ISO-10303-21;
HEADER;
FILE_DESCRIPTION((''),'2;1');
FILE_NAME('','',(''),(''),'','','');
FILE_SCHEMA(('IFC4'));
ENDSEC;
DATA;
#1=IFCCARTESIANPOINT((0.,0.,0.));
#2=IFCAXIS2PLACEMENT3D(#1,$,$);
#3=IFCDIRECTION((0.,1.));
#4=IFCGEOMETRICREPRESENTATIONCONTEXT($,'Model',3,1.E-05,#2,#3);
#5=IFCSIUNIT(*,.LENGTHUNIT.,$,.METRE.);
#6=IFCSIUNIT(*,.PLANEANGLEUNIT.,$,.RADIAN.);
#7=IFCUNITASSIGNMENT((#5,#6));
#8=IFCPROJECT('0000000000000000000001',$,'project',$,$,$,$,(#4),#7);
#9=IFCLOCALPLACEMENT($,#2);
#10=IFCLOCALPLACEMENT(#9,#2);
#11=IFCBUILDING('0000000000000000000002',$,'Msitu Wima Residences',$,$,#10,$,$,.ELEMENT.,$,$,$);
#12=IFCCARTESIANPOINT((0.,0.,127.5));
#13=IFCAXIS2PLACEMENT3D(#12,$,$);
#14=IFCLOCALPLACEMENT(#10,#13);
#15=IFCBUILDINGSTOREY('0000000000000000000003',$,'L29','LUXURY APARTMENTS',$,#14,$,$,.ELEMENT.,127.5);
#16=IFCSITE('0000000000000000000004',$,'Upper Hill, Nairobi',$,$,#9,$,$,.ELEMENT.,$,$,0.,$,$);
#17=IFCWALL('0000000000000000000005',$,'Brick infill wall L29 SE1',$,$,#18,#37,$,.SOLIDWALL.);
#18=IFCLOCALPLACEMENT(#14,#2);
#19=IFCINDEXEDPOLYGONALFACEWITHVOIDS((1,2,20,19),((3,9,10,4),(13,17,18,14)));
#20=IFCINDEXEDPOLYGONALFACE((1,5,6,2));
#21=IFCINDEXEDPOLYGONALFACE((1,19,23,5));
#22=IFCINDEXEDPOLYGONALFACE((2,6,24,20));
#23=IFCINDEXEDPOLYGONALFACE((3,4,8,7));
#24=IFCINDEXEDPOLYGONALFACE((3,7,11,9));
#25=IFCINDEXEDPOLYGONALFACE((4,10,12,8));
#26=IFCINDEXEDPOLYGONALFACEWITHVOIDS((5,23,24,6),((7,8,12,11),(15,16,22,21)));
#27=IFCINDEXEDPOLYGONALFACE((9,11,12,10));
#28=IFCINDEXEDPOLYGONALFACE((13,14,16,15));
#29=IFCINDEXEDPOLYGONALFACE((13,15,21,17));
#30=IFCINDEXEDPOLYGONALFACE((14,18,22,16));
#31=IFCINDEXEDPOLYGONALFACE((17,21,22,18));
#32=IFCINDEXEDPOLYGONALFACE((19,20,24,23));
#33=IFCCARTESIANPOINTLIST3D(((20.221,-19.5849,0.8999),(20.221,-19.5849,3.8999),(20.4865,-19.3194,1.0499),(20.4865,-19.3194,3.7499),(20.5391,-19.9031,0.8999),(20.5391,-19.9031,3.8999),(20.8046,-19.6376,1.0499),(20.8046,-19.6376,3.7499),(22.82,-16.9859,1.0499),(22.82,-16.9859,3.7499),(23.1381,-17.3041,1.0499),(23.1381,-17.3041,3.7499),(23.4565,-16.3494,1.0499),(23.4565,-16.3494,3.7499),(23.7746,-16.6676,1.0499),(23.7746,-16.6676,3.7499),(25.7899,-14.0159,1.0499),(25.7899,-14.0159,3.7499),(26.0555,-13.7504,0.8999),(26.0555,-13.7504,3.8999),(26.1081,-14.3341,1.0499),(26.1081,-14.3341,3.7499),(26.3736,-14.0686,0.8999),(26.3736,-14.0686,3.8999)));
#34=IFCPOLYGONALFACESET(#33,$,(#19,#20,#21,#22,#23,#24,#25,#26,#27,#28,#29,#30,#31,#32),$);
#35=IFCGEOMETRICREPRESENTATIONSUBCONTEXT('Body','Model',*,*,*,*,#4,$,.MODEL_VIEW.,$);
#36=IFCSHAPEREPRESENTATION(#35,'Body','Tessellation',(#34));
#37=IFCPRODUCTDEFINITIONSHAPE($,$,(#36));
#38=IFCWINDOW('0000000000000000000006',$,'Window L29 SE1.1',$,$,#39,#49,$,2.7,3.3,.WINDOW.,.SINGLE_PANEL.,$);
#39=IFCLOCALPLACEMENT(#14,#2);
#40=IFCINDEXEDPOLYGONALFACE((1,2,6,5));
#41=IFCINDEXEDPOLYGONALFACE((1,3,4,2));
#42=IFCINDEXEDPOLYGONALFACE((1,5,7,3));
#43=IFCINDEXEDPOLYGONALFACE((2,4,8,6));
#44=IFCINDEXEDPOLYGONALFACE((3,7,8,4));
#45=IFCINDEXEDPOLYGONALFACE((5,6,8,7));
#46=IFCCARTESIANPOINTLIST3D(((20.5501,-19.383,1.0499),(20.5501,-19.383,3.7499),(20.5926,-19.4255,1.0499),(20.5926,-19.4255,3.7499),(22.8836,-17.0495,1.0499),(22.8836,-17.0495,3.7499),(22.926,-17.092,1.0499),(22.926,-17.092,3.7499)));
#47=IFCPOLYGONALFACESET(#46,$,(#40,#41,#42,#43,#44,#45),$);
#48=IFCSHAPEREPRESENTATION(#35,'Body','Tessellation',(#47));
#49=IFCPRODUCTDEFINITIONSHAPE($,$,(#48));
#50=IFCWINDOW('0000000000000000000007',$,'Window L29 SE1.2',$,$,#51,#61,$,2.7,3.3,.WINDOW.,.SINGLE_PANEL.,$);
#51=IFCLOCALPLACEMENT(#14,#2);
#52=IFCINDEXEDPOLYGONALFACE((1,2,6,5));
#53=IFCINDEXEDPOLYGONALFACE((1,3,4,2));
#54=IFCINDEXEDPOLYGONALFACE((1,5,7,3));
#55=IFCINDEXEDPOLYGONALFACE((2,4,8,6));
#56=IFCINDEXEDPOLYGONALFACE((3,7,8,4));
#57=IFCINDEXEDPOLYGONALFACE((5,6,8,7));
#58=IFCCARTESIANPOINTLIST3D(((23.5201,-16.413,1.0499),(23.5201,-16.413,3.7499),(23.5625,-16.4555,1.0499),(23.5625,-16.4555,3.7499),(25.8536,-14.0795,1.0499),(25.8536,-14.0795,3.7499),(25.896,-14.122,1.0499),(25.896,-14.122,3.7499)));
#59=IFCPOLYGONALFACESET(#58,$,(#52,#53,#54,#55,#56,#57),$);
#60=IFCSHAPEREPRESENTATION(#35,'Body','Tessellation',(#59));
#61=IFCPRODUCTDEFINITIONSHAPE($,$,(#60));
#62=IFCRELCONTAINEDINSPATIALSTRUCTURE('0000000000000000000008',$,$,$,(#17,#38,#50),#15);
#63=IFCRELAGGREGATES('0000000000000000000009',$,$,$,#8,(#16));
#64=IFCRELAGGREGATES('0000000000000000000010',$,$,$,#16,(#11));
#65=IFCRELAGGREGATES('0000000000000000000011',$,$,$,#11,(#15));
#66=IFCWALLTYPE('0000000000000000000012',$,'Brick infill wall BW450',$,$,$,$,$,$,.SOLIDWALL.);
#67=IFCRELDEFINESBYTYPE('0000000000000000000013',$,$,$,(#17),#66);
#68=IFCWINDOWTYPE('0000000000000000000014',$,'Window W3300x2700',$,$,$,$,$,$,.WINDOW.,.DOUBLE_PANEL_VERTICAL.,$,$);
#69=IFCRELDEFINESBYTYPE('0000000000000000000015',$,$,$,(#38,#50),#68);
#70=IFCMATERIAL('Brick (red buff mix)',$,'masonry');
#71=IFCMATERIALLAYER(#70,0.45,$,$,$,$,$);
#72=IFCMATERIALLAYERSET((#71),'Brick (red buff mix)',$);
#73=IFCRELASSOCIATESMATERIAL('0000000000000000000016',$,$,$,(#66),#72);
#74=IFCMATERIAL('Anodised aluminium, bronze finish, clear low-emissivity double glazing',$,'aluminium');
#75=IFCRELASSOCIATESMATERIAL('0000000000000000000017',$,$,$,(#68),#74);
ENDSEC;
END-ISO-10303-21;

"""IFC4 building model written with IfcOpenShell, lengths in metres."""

from ifc_helpers import new_model, si_unit, direction, frame, frame_2d, origin, place, context, subcontext, project, spatial, rectangle, extrude, material, layer, layer_set, type_object, element, fill, save


model = new_model("IFC4")

# Units and contexts
model_context = context("Model", 3, precision=1e-05, world=origin(), true_north=direction((0.0, 1.0)))
body_context = subcontext(model_context, "Body", "Model", "MODEL_VIEW")
ifc_project = project(units=[si_unit("LENGTHUNIT", "METRE"), si_unit("PLANEANGLEUNIT", "RADIAN")], contexts=[model_context])

# Site, building, storey
site_placement = place(None, origin())
site = spatial("IfcSite", under=ifc_project, at=site_placement, Name="Upper Hill, Nairobi", CompositionType="ELEMENT", RefElevation=0.0)
building_placement = place(site_placement, origin())
building = spatial("IfcBuilding", under=site, at=building_placement, Name="Msitu Wima Residences", CompositionType="ELEMENT")
storey_placement = place(building_placement, frame((0.0, 0.0, 127.5)))
storey = spatial("IfcBuildingStorey", under=building, at=storey_placement, Name="L29", Description="LUXURY APARTMENTS", CompositionType="ELEMENT", Elevation=127.5)

# Shared definitions
ifc_material_1 = material(Name="Brick (red buff mix)", Category="masonry")
ifc_layer_1 = layer(ifc_material_1, 0.45)
ifc_layer_set_1 = layer_set([ifc_layer_1], Name="Brick (red buff mix)")
wall_type_1 = type_object("IfcWallType", Name="Brick infill wall BW450", PredefinedType="SOLIDWALL", material=ifc_layer_set_1)
ifc_material_2 = material(Name="Anodised aluminium, bronze finish, clear low-emissivity double glazing", Category="aluminium")
window_type = type_object("IfcWindowType", Name="Window W3300x2700", PartitioningType="DOUBLE_PANEL_VERTICAL", PredefinedType="WINDOW", material=ifc_material_2)

# Wall, openings, windows
wall_1_placement = place(storey_placement, frame((20.3801, -19.7439, 0.8999), z_axis=(0.0, 0.0, 1.0), x_axis=(0.707107, 0.707107, 0.0)))
wall_1 = element("IfcWall", 1, at=wall_1_placement, inside=storey, type_object=wall_type_1, Name="Brick infill wall L29 SE1", PredefinedType="SOLIDWALL", context=body_context, shape_type="SweptSolid", body=[
    extrude(rectangle(XDim=8.2512, YDim=0.45, at=frame_2d((4.1255, 0.0))), origin(), (0.0, 0.0, 1.0), 3.0),
])
opening_1_placement = place(wall_1_placement, frame((0.3755, 0.0, 0.1499)))
opening_1 = element("IfcOpeningElement", 2, at=opening_1_placement, cuts=wall_1, PredefinedType="OPENING", context=body_context, shape_type="SweptSolid", body=[
    extrude(rectangle(XDim=3.3, YDim=2.7, at=frame_2d((1.6499, 1.3501))), frame((0.0, 0.2349, 0.0), z_axis=(0.0, -1.0, 0.0), x_axis=(1.0, 0.0, 0.0)), (0.0, 0.0, 1.0), 0.47),
])
opening_2_placement = place(wall_1_placement, frame((4.5757, 0.0, 0.1499)))
opening_2 = element("IfcOpeningElement", 3, at=opening_2_placement, cuts=wall_1, PredefinedType="OPENING", context=body_context, shape_type="SweptSolid", body=[
    extrude(rectangle(XDim=3.3, YDim=2.7, at=frame_2d((1.6499, 1.3501))), frame((0.0, 0.2349, 0.0), z_axis=(0.0, -1.0, 0.0), x_axis=(1.0, 0.0, 0.0)), (0.0, 0.0, 1.0), 0.47),
])
window_1_placement = place(opening_1_placement, origin())
window_1 = element("IfcWindow", 4, at=window_1_placement, inside=storey, type_object=window_type, Name="Window L29 SE1.1", OverallHeight=2.7, OverallWidth=3.3, PartitioningType="SINGLE_PANEL", PredefinedType="WINDOW", context=body_context, shape_type="SweptSolid", body=[
    extrude(rectangle(XDim=3.3, YDim=2.7, at=frame_2d((1.6499, 1.3501))), frame((0.0, 0.135, 0.0), z_axis=(0.0, -1.0, 0.0), x_axis=(1.0, 0.0, 0.0)), (0.0, 0.0, 1.0), 0.0601),
])
fill(opening_1, window_1)
window_2_placement = place(opening_2_placement, origin())
window_2 = element("IfcWindow", 5, at=window_2_placement, inside=storey, type_object=window_type, Name="Window L29 SE1.2", OverallHeight=2.7, OverallWidth=3.3, PartitioningType="SINGLE_PANEL", PredefinedType="WINDOW", context=body_context, shape_type="SweptSolid", body=[
    extrude(rectangle(XDim=3.3, YDim=2.7, at=frame_2d((1.6499, 1.3501))), frame((0.0, 0.135, 0.0), z_axis=(0.0, -1.0, 0.0), x_axis=(1.0, 0.0, 0.0)), (0.0, 0.0, 1.0), 0.0601),
])
fill(opening_2, window_2)

save(model, "model.ifc")
